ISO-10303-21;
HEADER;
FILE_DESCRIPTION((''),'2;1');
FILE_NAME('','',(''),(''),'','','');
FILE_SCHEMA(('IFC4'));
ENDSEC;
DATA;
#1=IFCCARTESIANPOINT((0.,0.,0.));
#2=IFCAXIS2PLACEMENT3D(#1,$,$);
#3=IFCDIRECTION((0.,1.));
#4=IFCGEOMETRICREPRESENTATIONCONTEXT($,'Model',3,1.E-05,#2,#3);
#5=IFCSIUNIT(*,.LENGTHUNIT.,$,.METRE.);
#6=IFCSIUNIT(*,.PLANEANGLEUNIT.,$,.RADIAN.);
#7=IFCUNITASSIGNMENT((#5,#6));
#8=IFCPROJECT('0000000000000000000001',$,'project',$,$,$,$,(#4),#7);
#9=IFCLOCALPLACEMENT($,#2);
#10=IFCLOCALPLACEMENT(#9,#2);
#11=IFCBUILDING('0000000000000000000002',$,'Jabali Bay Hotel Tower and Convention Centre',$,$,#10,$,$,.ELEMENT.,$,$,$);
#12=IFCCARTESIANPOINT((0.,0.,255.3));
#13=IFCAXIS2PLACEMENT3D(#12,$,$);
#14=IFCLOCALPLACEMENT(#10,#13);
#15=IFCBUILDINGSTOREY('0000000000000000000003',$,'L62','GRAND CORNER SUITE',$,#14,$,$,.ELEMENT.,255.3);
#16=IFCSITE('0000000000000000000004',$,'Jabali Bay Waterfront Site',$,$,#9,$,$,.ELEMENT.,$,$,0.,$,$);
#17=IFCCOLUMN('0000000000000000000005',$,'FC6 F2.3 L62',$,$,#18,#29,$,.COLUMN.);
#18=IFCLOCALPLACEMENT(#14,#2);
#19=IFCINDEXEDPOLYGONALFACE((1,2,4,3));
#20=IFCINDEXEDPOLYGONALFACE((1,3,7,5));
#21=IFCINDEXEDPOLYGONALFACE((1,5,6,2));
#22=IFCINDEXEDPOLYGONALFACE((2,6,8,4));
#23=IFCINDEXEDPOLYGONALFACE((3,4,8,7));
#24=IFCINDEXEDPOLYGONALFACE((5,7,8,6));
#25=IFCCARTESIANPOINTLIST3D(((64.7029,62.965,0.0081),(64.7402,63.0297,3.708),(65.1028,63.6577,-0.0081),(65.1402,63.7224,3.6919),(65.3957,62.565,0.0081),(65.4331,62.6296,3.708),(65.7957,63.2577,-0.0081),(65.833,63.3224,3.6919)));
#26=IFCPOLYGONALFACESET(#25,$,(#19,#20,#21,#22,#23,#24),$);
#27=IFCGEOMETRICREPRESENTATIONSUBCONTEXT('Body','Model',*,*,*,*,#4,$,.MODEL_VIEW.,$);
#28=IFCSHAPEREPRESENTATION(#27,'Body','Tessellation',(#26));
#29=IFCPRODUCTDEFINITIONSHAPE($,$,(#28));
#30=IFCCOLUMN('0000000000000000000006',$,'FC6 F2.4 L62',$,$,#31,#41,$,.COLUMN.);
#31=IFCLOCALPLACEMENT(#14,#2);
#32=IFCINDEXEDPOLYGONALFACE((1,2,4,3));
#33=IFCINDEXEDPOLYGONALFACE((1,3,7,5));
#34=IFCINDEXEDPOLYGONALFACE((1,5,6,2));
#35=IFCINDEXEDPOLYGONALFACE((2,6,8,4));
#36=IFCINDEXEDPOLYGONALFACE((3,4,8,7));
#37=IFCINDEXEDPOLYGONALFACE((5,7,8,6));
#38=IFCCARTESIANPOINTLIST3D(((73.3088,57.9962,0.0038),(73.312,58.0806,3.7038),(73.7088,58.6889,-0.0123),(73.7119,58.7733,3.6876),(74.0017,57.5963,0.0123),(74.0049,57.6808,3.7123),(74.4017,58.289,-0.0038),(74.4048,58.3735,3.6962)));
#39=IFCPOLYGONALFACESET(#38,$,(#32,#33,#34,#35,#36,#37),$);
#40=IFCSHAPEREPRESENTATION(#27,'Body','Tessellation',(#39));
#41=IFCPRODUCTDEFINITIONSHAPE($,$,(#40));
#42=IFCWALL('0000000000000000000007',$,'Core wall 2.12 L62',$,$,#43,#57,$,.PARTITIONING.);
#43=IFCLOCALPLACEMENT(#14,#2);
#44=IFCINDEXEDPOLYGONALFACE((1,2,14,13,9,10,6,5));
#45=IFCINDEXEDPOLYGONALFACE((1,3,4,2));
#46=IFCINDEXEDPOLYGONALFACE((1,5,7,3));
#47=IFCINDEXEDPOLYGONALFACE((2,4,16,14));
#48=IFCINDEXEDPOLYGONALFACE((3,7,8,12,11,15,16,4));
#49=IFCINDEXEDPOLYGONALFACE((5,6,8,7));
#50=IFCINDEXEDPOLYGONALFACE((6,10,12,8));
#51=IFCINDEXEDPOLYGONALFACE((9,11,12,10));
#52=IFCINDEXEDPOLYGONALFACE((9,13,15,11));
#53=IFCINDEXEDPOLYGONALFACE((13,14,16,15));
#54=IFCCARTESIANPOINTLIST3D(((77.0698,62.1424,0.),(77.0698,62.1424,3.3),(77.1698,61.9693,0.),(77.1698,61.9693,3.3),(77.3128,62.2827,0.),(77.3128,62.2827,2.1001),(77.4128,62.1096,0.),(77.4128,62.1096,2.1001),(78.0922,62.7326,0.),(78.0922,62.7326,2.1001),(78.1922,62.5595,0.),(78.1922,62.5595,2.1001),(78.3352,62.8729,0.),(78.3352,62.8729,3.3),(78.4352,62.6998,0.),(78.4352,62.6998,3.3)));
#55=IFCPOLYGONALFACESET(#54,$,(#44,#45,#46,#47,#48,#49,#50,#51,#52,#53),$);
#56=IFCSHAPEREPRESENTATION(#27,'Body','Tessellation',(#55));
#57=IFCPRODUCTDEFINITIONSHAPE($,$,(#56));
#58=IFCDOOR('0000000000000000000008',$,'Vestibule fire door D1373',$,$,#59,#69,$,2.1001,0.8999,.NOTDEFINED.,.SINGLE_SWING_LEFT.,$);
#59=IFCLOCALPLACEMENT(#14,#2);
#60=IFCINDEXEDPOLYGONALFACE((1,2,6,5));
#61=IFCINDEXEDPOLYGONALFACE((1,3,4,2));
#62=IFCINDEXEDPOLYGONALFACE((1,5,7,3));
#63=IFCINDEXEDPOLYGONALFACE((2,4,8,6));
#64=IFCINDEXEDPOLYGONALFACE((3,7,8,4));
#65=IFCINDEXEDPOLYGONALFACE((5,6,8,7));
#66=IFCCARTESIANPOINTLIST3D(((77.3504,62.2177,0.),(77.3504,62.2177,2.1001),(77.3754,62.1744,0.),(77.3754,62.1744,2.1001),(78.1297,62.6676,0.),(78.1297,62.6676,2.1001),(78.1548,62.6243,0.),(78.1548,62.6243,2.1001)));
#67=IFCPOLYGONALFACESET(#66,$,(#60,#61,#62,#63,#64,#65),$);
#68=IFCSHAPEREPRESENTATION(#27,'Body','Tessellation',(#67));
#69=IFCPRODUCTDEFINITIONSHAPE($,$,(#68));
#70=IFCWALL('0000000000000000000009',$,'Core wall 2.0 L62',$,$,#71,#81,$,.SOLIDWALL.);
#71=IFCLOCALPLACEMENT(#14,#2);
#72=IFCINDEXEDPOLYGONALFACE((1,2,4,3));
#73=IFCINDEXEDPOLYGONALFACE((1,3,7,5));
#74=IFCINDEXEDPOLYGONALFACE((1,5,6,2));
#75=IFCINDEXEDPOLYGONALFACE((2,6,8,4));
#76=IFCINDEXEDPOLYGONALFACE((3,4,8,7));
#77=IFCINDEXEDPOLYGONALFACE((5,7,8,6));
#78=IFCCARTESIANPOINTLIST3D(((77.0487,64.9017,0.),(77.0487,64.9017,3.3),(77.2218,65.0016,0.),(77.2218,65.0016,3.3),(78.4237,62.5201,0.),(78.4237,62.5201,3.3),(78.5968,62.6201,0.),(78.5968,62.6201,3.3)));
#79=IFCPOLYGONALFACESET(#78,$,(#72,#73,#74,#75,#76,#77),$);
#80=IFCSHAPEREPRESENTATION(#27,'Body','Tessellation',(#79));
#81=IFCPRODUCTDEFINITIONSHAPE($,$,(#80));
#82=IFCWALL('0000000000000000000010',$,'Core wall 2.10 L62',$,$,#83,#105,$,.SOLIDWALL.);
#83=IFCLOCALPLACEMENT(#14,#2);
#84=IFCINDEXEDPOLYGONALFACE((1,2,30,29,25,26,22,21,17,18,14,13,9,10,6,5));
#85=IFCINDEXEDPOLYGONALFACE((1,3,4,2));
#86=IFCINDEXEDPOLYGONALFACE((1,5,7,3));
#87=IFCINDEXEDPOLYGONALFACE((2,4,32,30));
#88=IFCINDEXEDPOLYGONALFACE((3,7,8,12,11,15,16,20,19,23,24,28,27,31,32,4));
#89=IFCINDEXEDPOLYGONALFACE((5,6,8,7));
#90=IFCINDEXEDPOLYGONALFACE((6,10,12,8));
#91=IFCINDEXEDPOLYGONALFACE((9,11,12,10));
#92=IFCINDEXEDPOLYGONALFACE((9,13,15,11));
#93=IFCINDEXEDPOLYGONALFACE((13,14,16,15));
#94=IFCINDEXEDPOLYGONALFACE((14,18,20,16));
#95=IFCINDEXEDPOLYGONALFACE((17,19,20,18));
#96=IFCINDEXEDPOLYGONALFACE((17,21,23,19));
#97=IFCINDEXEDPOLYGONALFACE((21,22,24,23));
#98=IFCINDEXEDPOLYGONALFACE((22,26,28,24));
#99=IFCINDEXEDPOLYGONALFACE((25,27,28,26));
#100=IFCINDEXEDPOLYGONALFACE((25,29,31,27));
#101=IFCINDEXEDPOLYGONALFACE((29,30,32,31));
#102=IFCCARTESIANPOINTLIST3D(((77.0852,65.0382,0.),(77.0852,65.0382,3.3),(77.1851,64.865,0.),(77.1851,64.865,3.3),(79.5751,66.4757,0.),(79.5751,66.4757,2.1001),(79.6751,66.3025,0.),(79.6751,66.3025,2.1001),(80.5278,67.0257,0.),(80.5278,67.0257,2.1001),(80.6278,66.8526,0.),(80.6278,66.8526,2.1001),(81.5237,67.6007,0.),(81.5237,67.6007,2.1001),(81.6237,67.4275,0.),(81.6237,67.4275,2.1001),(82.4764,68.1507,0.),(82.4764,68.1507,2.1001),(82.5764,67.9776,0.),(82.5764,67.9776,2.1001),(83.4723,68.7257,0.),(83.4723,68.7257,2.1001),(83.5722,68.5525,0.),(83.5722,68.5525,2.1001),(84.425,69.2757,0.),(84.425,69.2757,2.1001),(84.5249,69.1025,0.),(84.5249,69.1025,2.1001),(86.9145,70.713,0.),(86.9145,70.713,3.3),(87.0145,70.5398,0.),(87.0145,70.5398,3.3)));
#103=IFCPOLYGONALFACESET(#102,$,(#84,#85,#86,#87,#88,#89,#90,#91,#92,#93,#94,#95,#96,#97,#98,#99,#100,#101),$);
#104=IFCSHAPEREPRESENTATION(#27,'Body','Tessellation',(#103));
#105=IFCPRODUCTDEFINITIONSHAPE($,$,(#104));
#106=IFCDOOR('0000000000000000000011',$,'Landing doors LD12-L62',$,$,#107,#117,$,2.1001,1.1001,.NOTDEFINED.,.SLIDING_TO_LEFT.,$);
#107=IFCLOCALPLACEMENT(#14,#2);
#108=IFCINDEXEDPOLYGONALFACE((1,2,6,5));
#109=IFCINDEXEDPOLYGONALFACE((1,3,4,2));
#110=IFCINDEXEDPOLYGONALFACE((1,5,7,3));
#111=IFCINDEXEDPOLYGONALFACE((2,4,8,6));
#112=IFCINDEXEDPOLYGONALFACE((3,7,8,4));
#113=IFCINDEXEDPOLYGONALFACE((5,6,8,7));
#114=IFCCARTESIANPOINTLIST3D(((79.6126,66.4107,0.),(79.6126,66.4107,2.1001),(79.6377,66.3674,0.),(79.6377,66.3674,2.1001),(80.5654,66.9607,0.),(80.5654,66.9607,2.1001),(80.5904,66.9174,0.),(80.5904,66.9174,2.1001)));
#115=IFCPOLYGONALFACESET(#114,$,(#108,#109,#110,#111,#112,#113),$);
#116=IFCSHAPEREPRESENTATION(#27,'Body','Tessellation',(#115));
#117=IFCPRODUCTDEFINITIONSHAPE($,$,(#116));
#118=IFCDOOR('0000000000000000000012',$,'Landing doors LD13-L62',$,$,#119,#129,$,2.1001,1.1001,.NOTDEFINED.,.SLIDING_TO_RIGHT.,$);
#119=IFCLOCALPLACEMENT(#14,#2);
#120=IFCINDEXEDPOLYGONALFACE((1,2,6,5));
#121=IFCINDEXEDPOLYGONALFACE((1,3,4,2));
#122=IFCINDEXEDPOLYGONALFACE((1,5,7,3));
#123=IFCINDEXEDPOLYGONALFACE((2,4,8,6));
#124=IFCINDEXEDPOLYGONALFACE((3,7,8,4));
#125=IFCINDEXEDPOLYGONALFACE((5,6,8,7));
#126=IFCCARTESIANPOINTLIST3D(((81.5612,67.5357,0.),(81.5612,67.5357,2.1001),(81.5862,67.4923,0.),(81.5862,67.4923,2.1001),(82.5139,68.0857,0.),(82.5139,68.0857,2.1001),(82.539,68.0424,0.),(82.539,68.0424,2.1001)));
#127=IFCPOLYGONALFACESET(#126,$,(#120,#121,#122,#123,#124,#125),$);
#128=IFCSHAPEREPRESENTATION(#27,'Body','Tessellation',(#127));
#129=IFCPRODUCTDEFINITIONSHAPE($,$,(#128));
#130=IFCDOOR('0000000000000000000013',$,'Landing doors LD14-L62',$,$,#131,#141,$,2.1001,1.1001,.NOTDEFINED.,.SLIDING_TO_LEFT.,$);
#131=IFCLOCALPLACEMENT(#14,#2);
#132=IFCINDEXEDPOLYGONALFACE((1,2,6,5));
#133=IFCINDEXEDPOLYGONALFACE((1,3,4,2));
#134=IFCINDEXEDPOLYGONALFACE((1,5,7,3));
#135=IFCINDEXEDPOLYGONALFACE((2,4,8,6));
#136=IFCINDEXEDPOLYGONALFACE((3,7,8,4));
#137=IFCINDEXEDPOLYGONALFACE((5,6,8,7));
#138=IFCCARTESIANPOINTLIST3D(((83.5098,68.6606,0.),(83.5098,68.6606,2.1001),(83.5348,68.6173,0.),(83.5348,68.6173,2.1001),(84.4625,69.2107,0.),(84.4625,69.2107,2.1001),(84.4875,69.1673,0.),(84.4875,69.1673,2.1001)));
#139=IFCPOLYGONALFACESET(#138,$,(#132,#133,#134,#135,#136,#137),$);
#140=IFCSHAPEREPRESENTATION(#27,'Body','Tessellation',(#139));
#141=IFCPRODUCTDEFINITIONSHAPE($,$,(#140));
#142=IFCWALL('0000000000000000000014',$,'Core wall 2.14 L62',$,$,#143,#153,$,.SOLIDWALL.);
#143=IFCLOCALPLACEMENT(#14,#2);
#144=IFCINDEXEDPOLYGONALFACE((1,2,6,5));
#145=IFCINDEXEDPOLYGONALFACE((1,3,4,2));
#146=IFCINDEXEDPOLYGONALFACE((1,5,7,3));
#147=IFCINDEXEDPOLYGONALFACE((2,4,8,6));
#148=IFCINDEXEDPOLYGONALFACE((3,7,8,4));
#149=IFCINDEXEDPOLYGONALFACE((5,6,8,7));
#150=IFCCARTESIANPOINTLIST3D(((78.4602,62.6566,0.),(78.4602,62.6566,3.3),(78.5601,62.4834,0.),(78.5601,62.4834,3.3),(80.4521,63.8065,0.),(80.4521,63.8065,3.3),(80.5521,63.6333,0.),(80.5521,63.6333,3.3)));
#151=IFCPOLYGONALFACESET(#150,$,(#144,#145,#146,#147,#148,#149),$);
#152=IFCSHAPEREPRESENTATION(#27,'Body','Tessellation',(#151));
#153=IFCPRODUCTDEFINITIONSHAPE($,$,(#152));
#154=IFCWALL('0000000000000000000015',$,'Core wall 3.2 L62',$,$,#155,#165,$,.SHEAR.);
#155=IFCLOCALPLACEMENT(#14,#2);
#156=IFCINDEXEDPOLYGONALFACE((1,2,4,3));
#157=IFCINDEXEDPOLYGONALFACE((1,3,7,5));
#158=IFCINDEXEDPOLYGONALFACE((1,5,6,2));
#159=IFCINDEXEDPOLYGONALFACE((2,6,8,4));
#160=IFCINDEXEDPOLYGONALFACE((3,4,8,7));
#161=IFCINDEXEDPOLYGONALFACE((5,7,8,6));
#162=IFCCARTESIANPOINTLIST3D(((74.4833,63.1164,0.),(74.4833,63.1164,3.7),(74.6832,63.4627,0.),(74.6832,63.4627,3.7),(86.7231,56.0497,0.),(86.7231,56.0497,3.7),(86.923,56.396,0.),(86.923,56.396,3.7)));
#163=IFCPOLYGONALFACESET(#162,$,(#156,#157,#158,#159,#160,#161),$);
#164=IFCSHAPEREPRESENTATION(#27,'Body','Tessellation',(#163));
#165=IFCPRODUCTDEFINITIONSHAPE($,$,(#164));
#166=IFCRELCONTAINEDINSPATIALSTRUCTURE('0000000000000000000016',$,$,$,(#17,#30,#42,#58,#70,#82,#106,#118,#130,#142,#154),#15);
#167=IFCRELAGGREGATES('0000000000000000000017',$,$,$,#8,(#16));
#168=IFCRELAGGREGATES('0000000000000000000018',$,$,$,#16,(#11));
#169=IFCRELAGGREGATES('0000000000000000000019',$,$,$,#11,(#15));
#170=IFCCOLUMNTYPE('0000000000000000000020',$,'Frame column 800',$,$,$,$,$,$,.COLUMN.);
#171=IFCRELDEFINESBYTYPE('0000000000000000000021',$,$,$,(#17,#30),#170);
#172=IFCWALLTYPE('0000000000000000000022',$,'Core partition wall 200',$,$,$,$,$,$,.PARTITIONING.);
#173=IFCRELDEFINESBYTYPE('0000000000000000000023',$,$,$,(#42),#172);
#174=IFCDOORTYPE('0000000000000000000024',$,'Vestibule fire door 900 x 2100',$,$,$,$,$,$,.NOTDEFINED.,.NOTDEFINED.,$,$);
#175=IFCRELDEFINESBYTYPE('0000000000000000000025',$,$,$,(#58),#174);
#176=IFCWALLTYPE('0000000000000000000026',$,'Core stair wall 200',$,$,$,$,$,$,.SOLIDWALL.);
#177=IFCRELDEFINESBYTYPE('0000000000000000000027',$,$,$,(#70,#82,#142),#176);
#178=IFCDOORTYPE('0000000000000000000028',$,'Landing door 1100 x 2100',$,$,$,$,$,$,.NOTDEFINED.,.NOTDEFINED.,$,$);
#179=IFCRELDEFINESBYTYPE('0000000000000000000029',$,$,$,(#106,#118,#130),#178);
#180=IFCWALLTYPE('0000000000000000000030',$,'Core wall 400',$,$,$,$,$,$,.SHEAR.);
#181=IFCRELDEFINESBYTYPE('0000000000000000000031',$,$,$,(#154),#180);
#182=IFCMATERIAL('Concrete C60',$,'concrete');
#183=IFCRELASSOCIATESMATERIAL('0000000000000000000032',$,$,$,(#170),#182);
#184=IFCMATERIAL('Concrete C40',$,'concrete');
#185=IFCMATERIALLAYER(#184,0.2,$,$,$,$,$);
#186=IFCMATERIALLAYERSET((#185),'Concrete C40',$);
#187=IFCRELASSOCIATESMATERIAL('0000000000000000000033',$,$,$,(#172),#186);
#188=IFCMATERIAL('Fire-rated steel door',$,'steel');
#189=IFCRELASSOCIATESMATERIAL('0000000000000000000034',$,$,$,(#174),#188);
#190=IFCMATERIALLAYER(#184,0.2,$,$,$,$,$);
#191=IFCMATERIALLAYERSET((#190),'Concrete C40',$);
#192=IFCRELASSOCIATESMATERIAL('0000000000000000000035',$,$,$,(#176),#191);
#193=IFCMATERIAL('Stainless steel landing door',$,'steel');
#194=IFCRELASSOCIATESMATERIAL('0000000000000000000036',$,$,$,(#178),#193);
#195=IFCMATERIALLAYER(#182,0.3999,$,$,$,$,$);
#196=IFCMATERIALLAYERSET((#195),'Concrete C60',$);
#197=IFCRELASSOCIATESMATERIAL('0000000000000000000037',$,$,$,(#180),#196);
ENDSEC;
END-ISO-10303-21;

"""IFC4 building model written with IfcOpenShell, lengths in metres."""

from ifc_helpers import new_model, si_unit, direction, frame, frame_2d, origin, origin_2d, place, context, subcontext, project, spatial, rectangle, extrude, material, layer, layer_set, material_profile, profile_set, type_object, element, fill, save


model = new_model("IFC4")

# Units and contexts
model_context = context("Model", 3, precision=1e-05, world=origin(), true_north=direction((0.0, 1.0)))
body_context = subcontext(model_context, "Body", "Model", "MODEL_VIEW")
ifc_project = project(units=[si_unit("LENGTHUNIT", "METRE"), si_unit("PLANEANGLEUNIT", "RADIAN")], contexts=[model_context])

# Site, building, storey
site_placement = place(None, origin())
site = spatial("IfcSite", under=ifc_project, at=site_placement, Name="Jabali Bay Waterfront Site", CompositionType="ELEMENT", RefElevation=0.0)
building_placement = place(site_placement, origin())
building = spatial("IfcBuilding", under=site, at=building_placement, Name="Jabali Bay Hotel Tower and Convention Centre", CompositionType="ELEMENT")
storey_placement = place(building_placement, frame((0.0, 0.0, 255.3)))
storey = spatial("IfcBuildingStorey", under=building, at=storey_placement, Name="L62", Description="GRAND CORNER SUITE", CompositionType="ELEMENT", Elevation=255.3)

# Columns
ifc_material_1 = material(Name="Concrete C60", Category="concrete")
ifc_material_profile = material_profile(ifc_material_1, rectangle(XDim=0.8, YDim=0.8, at=origin_2d()), Name="Frame column 800")
ifc_profile_set = profile_set([ifc_material_profile], Name="Concrete C60")
column_type = type_object("IfcColumnType", Name="Frame column 800", PredefinedType="COLUMN", material=ifc_profile_set)
column_1_placement = place(storey_placement, frame((65.2493, 63.1113, 0.0), z_axis=(0.010094, 0.017482, 0.999796), x_axis=(-0.499913, -0.86584, 0.020187)))
element("IfcColumn", 1, at=column_1_placement, inside=storey, type_object=column_type, Name="FC6 F2.3 L62", PredefinedType="COLUMN", context=body_context, shape_type="SweptSolid", body=[
    extrude(rectangle(XDim=0.8, YDim=0.8, at=origin_2d()), origin(), (0.0, 0.0, 1.0), 3.7007),
])
column_2_placement = place(storey_placement, frame((73.8552, 58.1426, 0.0), z_axis=(0.000858, 0.022825, 0.999739), x_axis=(-0.499939, -0.865825, 0.020196)))
element("IfcColumn", 2, at=column_2_placement, inside=storey, type_object=column_type, Name="FC6 F2.4 L62", PredefinedType="COLUMN", context=body_context, shape_type="SweptSolid", body=[
    extrude(rectangle(XDim=0.8, YDim=0.8, at=origin_2d()), origin(), (0.0, 0.0, 1.0), 3.7009),
])

# Wall, opening, door
ifc_material_2 = material(Name="Concrete C40", Category="concrete")
ifc_layer_1 = layer(ifc_material_2, 0.2)
ifc_layer_set_1 = layer_set([ifc_layer_1], Name="Concrete C40")
wall_type_1 = type_object("IfcWallType", Name="Core partition wall 200", PredefinedType="PARTITIONING", material=ifc_layer_set_1)
wall_1_placement = place(storey_placement, frame((77.1199, 62.0559, 0.0), z_axis=(0.0, 0.0, 1.0), x_axis=(0.866055, 0.499949, 0.0)))
wall_1 = element("IfcWall", 3, at=wall_1_placement, inside=storey, type_object=wall_type_1, Name="Core wall 2.12 L62", PredefinedType="PARTITIONING", context=body_context, shape_type="SweptSolid", body=[
    extrude(rectangle(XDim=1.4612, YDim=0.2, at=frame_2d((0.7305, 0.0))), origin(), (0.0, 0.0, 1.0), 3.3),
])
opening_1_placement = place(wall_1_placement, frame((0.2805, 0.0, 0.0)))
opening_1 = element("IfcOpeningElement", 4, at=opening_1_placement, cuts=wall_1, PredefinedType="OPENING", context=body_context, shape_type="SweptSolid", body=[
    extrude(rectangle(XDim=0.8999, YDim=2.1001, at=frame_2d((0.45, 1.05))), frame((0.0, 0.1104, 0.0), z_axis=(0.0, -1.0, 0.0), x_axis=(1.0, 0.0, 0.0)), (0.0, 0.0, 1.0), 0.2209),
])
ifc_material_3 = material(Name="Fire-rated steel door", Category="steel")
door_type_1 = type_object("IfcDoorType", Name="Vestibule fire door 900 x 2100", OperationType="NOTDEFINED", PredefinedType="NOTDEFINED", material=ifc_material_3)
door_1_placement = place(opening_1_placement, origin())
door_1 = element("IfcDoor", 5, at=door_1_placement, inside=storey, type_object=door_type_1, Name="Vestibule fire door D1373", OperationType="SINGLE_SWING_LEFT", OverallHeight=2.1001, OverallWidth=0.8999, PredefinedType="NOTDEFINED", context=body_context, shape_type="SweptSolid", body=[
    extrude(rectangle(XDim=0.8999, YDim=2.1001, at=frame_2d((0.45, 1.05))), frame((0.0, 0.0249, 0.0), z_axis=(0.0, -1.0, 0.0), x_axis=(1.0, 0.0, 0.0)), (0.0, 0.0, 1.0), 0.05),
])
fill(opening_1, door_1)

# Wall
ifc_layer_2 = layer(ifc_material_2, 0.2)
ifc_layer_set_2 = layer_set([ifc_layer_2], Name="Concrete C40")
wall_type_2 = type_object("IfcWallType", Name="Core stair wall 200", PredefinedType="SOLIDWALL", material=ifc_layer_set_2)
wall_2_placement = place(storey_placement, frame((77.1353, 64.9517, 0.0), z_axis=(0.0, 0.0, 1.0), x_axis=(0.499997, -0.866027, 0.0)))
element("IfcWall", 6, at=wall_2_placement, inside=storey, type_object=wall_type_2, Name="Core wall 2.0 L62", PredefinedType="SOLIDWALL", context=body_context, shape_type="SweptSolid", body=[
    extrude(rectangle(XDim=2.75, YDim=0.2, at=frame_2d((1.375, 0.0))), origin(), (0.0, 0.0, 1.0), 3.3),
])

# Wall, openings, doors
wall_3_placement = place(storey_placement, frame((77.1353, 64.9517, 0.0), z_axis=(0.0, 0.0, 1.0), x_axis=(0.866032, 0.499989, 0.0)))
wall_3 = element("IfcWall", 7, at=wall_3_placement, inside=storey, type_object=wall_type_2, Name="Core wall 2.10 L62", PredefinedType="SOLIDWALL", context=body_context, shape_type="SweptSolid", body=[
    extrude(rectangle(XDim=11.3499, YDim=0.2, at=frame_2d((5.6748, 0.0))), origin(), (0.0, 0.0, 1.0), 3.3),
])
opening_2_placement = place(wall_3_placement, frame((2.875, 0.0, 0.0)))
opening_2 = element("IfcOpeningElement", 8, at=opening_2_placement, cuts=wall_3, PredefinedType="OPENING", context=body_context, shape_type="SweptSolid", body=[
    extrude(rectangle(XDim=1.1001, YDim=2.1001, at=frame_2d((0.55, 1.05))), frame((0.0, 0.1104, 0.0), z_axis=(0.0, -1.0, 0.0), x_axis=(1.0, 0.0, 0.0)), (0.0, 0.0, 1.0), 0.2209),
])
opening_3_placement = place(wall_3_placement, frame((5.125, 0.0, 0.0)))
opening_3 = element("IfcOpeningElement", 9, at=opening_3_placement, cuts=wall_3, PredefinedType="OPENING", context=body_context, shape_type="SweptSolid", body=[
    extrude(rectangle(XDim=1.1001, YDim=2.1001, at=frame_2d((0.55, 1.05))), frame((0.0, 0.1104, 0.0), z_axis=(0.0, -1.0, 0.0), x_axis=(1.0, 0.0, 0.0)), (0.0, 0.0, 1.0), 0.2209),
])
opening_4_placement = place(wall_3_placement, frame((7.375, 0.0, 0.0)))
opening_4 = element("IfcOpeningElement", 10, at=opening_4_placement, cuts=wall_3, PredefinedType="OPENING", context=body_context, shape_type="SweptSolid", body=[
    extrude(rectangle(XDim=1.1001, YDim=2.1001, at=frame_2d((0.55, 1.05))), frame((0.0, 0.1104, 0.0), z_axis=(0.0, -1.0, 0.0), x_axis=(1.0, 0.0, 0.0)), (0.0, 0.0, 1.0), 0.2209),
])
ifc_material_4 = material(Name="Stainless steel landing door", Category="steel")
door_type_2 = type_object("IfcDoorType", Name="Landing door 1100 x 2100", OperationType="NOTDEFINED", PredefinedType="NOTDEFINED", material=ifc_material_4)
door_2_placement = place(opening_2_placement, origin())
door_2 = element("IfcDoor", 11, at=door_2_placement, inside=storey, type_object=door_type_2, Name="Landing doors LD12-L62", OperationType="SLIDING_TO_LEFT", OverallHeight=2.1001, OverallWidth=1.1001, PredefinedType="NOTDEFINED", context=body_context, shape_type="SweptSolid", body=[
    extrude(rectangle(XDim=1.1001, YDim=2.1001, at=frame_2d((0.55, 1.05))), frame((0.0, 0.0249, 0.0), z_axis=(0.0, -1.0, 0.0), x_axis=(1.0, 0.0, 0.0)), (0.0, 0.0, 1.0), 0.05),
])
fill(opening_2, door_2)
door_3_placement = place(opening_3_placement, origin())
door_3 = element("IfcDoor", 12, at=door_3_placement, inside=storey, type_object=door_type_2, Name="Landing doors LD13-L62", OperationType="SLIDING_TO_RIGHT", OverallHeight=2.1001, OverallWidth=1.1001, PredefinedType="NOTDEFINED", context=body_context, shape_type="SweptSolid", body=[
    extrude(rectangle(XDim=1.1001, YDim=2.1001, at=frame_2d((0.55, 1.05))), frame((0.0, 0.0249, 0.0), z_axis=(0.0, -1.0, 0.0), x_axis=(1.0, 0.0, 0.0)), (0.0, 0.0, 1.0), 0.05),
])
fill(opening_3, door_3)
door_4_placement = place(opening_4_placement, origin())
door_4 = element("IfcDoor", 13, at=door_4_placement, inside=storey, type_object=door_type_2, Name="Landing doors LD14-L62", OperationType="SLIDING_TO_LEFT", OverallHeight=2.1001, OverallWidth=1.1001, PredefinedType="NOTDEFINED", context=body_context, shape_type="SweptSolid", body=[
    extrude(rectangle(XDim=1.1001, YDim=2.1001, at=frame_2d((0.55, 1.05))), frame((0.0, 0.0249, 0.0), z_axis=(0.0, -1.0, 0.0), x_axis=(1.0, 0.0, 0.0)), (0.0, 0.0, 1.0), 0.05),
])
fill(opening_4, door_4)

# Walls
wall_4_placement = place(storey_placement, frame((78.5103, 62.5701, 0.0), z_axis=(0.0, 0.0, 1.0), x_axis=(0.866053, 0.499952, 0.0)))
element("IfcWall", 14, at=wall_4_placement, inside=storey, type_object=wall_type_2, Name="Core wall 2.14 L62", PredefinedType="SOLIDWALL", context=body_context, shape_type="SweptSolid", body=[
    extrude(rectangle(XDim=2.3, YDim=0.2, at=frame_2d((1.1499, 0.0))), origin(), (0.0, 0.0, 1.0), 3.3),
])
ifc_layer_3 = layer(ifc_material_1, 0.3999)
ifc_layer_set_3 = layer_set([ifc_layer_3], Name="Concrete C60")
wall_type_3 = type_object("IfcWallType", Name="Core wall 400", PredefinedType="SHEAR", material=ifc_layer_set_3)
wall_5_placement = place(storey_placement, frame((74.5833, 63.2896, 0.0), z_axis=(0.0, 0.0, 1.0), x_axis=(0.866024, -0.500002, 0.0)))
element("IfcWall", 15, at=wall_5_placement, inside=storey, type_object=wall_type_3, Name="Core wall 3.2 L62", PredefinedType="SHEAR", context=body_context, shape_type="SweptSolid", body=[
    extrude(rectangle(XDim=14.1333, YDim=0.3999, at=frame_2d((7.0667, 0.0))), origin(), (0.0, 0.0, 1.0), 3.7),
])

save(model, "model.ifc")
